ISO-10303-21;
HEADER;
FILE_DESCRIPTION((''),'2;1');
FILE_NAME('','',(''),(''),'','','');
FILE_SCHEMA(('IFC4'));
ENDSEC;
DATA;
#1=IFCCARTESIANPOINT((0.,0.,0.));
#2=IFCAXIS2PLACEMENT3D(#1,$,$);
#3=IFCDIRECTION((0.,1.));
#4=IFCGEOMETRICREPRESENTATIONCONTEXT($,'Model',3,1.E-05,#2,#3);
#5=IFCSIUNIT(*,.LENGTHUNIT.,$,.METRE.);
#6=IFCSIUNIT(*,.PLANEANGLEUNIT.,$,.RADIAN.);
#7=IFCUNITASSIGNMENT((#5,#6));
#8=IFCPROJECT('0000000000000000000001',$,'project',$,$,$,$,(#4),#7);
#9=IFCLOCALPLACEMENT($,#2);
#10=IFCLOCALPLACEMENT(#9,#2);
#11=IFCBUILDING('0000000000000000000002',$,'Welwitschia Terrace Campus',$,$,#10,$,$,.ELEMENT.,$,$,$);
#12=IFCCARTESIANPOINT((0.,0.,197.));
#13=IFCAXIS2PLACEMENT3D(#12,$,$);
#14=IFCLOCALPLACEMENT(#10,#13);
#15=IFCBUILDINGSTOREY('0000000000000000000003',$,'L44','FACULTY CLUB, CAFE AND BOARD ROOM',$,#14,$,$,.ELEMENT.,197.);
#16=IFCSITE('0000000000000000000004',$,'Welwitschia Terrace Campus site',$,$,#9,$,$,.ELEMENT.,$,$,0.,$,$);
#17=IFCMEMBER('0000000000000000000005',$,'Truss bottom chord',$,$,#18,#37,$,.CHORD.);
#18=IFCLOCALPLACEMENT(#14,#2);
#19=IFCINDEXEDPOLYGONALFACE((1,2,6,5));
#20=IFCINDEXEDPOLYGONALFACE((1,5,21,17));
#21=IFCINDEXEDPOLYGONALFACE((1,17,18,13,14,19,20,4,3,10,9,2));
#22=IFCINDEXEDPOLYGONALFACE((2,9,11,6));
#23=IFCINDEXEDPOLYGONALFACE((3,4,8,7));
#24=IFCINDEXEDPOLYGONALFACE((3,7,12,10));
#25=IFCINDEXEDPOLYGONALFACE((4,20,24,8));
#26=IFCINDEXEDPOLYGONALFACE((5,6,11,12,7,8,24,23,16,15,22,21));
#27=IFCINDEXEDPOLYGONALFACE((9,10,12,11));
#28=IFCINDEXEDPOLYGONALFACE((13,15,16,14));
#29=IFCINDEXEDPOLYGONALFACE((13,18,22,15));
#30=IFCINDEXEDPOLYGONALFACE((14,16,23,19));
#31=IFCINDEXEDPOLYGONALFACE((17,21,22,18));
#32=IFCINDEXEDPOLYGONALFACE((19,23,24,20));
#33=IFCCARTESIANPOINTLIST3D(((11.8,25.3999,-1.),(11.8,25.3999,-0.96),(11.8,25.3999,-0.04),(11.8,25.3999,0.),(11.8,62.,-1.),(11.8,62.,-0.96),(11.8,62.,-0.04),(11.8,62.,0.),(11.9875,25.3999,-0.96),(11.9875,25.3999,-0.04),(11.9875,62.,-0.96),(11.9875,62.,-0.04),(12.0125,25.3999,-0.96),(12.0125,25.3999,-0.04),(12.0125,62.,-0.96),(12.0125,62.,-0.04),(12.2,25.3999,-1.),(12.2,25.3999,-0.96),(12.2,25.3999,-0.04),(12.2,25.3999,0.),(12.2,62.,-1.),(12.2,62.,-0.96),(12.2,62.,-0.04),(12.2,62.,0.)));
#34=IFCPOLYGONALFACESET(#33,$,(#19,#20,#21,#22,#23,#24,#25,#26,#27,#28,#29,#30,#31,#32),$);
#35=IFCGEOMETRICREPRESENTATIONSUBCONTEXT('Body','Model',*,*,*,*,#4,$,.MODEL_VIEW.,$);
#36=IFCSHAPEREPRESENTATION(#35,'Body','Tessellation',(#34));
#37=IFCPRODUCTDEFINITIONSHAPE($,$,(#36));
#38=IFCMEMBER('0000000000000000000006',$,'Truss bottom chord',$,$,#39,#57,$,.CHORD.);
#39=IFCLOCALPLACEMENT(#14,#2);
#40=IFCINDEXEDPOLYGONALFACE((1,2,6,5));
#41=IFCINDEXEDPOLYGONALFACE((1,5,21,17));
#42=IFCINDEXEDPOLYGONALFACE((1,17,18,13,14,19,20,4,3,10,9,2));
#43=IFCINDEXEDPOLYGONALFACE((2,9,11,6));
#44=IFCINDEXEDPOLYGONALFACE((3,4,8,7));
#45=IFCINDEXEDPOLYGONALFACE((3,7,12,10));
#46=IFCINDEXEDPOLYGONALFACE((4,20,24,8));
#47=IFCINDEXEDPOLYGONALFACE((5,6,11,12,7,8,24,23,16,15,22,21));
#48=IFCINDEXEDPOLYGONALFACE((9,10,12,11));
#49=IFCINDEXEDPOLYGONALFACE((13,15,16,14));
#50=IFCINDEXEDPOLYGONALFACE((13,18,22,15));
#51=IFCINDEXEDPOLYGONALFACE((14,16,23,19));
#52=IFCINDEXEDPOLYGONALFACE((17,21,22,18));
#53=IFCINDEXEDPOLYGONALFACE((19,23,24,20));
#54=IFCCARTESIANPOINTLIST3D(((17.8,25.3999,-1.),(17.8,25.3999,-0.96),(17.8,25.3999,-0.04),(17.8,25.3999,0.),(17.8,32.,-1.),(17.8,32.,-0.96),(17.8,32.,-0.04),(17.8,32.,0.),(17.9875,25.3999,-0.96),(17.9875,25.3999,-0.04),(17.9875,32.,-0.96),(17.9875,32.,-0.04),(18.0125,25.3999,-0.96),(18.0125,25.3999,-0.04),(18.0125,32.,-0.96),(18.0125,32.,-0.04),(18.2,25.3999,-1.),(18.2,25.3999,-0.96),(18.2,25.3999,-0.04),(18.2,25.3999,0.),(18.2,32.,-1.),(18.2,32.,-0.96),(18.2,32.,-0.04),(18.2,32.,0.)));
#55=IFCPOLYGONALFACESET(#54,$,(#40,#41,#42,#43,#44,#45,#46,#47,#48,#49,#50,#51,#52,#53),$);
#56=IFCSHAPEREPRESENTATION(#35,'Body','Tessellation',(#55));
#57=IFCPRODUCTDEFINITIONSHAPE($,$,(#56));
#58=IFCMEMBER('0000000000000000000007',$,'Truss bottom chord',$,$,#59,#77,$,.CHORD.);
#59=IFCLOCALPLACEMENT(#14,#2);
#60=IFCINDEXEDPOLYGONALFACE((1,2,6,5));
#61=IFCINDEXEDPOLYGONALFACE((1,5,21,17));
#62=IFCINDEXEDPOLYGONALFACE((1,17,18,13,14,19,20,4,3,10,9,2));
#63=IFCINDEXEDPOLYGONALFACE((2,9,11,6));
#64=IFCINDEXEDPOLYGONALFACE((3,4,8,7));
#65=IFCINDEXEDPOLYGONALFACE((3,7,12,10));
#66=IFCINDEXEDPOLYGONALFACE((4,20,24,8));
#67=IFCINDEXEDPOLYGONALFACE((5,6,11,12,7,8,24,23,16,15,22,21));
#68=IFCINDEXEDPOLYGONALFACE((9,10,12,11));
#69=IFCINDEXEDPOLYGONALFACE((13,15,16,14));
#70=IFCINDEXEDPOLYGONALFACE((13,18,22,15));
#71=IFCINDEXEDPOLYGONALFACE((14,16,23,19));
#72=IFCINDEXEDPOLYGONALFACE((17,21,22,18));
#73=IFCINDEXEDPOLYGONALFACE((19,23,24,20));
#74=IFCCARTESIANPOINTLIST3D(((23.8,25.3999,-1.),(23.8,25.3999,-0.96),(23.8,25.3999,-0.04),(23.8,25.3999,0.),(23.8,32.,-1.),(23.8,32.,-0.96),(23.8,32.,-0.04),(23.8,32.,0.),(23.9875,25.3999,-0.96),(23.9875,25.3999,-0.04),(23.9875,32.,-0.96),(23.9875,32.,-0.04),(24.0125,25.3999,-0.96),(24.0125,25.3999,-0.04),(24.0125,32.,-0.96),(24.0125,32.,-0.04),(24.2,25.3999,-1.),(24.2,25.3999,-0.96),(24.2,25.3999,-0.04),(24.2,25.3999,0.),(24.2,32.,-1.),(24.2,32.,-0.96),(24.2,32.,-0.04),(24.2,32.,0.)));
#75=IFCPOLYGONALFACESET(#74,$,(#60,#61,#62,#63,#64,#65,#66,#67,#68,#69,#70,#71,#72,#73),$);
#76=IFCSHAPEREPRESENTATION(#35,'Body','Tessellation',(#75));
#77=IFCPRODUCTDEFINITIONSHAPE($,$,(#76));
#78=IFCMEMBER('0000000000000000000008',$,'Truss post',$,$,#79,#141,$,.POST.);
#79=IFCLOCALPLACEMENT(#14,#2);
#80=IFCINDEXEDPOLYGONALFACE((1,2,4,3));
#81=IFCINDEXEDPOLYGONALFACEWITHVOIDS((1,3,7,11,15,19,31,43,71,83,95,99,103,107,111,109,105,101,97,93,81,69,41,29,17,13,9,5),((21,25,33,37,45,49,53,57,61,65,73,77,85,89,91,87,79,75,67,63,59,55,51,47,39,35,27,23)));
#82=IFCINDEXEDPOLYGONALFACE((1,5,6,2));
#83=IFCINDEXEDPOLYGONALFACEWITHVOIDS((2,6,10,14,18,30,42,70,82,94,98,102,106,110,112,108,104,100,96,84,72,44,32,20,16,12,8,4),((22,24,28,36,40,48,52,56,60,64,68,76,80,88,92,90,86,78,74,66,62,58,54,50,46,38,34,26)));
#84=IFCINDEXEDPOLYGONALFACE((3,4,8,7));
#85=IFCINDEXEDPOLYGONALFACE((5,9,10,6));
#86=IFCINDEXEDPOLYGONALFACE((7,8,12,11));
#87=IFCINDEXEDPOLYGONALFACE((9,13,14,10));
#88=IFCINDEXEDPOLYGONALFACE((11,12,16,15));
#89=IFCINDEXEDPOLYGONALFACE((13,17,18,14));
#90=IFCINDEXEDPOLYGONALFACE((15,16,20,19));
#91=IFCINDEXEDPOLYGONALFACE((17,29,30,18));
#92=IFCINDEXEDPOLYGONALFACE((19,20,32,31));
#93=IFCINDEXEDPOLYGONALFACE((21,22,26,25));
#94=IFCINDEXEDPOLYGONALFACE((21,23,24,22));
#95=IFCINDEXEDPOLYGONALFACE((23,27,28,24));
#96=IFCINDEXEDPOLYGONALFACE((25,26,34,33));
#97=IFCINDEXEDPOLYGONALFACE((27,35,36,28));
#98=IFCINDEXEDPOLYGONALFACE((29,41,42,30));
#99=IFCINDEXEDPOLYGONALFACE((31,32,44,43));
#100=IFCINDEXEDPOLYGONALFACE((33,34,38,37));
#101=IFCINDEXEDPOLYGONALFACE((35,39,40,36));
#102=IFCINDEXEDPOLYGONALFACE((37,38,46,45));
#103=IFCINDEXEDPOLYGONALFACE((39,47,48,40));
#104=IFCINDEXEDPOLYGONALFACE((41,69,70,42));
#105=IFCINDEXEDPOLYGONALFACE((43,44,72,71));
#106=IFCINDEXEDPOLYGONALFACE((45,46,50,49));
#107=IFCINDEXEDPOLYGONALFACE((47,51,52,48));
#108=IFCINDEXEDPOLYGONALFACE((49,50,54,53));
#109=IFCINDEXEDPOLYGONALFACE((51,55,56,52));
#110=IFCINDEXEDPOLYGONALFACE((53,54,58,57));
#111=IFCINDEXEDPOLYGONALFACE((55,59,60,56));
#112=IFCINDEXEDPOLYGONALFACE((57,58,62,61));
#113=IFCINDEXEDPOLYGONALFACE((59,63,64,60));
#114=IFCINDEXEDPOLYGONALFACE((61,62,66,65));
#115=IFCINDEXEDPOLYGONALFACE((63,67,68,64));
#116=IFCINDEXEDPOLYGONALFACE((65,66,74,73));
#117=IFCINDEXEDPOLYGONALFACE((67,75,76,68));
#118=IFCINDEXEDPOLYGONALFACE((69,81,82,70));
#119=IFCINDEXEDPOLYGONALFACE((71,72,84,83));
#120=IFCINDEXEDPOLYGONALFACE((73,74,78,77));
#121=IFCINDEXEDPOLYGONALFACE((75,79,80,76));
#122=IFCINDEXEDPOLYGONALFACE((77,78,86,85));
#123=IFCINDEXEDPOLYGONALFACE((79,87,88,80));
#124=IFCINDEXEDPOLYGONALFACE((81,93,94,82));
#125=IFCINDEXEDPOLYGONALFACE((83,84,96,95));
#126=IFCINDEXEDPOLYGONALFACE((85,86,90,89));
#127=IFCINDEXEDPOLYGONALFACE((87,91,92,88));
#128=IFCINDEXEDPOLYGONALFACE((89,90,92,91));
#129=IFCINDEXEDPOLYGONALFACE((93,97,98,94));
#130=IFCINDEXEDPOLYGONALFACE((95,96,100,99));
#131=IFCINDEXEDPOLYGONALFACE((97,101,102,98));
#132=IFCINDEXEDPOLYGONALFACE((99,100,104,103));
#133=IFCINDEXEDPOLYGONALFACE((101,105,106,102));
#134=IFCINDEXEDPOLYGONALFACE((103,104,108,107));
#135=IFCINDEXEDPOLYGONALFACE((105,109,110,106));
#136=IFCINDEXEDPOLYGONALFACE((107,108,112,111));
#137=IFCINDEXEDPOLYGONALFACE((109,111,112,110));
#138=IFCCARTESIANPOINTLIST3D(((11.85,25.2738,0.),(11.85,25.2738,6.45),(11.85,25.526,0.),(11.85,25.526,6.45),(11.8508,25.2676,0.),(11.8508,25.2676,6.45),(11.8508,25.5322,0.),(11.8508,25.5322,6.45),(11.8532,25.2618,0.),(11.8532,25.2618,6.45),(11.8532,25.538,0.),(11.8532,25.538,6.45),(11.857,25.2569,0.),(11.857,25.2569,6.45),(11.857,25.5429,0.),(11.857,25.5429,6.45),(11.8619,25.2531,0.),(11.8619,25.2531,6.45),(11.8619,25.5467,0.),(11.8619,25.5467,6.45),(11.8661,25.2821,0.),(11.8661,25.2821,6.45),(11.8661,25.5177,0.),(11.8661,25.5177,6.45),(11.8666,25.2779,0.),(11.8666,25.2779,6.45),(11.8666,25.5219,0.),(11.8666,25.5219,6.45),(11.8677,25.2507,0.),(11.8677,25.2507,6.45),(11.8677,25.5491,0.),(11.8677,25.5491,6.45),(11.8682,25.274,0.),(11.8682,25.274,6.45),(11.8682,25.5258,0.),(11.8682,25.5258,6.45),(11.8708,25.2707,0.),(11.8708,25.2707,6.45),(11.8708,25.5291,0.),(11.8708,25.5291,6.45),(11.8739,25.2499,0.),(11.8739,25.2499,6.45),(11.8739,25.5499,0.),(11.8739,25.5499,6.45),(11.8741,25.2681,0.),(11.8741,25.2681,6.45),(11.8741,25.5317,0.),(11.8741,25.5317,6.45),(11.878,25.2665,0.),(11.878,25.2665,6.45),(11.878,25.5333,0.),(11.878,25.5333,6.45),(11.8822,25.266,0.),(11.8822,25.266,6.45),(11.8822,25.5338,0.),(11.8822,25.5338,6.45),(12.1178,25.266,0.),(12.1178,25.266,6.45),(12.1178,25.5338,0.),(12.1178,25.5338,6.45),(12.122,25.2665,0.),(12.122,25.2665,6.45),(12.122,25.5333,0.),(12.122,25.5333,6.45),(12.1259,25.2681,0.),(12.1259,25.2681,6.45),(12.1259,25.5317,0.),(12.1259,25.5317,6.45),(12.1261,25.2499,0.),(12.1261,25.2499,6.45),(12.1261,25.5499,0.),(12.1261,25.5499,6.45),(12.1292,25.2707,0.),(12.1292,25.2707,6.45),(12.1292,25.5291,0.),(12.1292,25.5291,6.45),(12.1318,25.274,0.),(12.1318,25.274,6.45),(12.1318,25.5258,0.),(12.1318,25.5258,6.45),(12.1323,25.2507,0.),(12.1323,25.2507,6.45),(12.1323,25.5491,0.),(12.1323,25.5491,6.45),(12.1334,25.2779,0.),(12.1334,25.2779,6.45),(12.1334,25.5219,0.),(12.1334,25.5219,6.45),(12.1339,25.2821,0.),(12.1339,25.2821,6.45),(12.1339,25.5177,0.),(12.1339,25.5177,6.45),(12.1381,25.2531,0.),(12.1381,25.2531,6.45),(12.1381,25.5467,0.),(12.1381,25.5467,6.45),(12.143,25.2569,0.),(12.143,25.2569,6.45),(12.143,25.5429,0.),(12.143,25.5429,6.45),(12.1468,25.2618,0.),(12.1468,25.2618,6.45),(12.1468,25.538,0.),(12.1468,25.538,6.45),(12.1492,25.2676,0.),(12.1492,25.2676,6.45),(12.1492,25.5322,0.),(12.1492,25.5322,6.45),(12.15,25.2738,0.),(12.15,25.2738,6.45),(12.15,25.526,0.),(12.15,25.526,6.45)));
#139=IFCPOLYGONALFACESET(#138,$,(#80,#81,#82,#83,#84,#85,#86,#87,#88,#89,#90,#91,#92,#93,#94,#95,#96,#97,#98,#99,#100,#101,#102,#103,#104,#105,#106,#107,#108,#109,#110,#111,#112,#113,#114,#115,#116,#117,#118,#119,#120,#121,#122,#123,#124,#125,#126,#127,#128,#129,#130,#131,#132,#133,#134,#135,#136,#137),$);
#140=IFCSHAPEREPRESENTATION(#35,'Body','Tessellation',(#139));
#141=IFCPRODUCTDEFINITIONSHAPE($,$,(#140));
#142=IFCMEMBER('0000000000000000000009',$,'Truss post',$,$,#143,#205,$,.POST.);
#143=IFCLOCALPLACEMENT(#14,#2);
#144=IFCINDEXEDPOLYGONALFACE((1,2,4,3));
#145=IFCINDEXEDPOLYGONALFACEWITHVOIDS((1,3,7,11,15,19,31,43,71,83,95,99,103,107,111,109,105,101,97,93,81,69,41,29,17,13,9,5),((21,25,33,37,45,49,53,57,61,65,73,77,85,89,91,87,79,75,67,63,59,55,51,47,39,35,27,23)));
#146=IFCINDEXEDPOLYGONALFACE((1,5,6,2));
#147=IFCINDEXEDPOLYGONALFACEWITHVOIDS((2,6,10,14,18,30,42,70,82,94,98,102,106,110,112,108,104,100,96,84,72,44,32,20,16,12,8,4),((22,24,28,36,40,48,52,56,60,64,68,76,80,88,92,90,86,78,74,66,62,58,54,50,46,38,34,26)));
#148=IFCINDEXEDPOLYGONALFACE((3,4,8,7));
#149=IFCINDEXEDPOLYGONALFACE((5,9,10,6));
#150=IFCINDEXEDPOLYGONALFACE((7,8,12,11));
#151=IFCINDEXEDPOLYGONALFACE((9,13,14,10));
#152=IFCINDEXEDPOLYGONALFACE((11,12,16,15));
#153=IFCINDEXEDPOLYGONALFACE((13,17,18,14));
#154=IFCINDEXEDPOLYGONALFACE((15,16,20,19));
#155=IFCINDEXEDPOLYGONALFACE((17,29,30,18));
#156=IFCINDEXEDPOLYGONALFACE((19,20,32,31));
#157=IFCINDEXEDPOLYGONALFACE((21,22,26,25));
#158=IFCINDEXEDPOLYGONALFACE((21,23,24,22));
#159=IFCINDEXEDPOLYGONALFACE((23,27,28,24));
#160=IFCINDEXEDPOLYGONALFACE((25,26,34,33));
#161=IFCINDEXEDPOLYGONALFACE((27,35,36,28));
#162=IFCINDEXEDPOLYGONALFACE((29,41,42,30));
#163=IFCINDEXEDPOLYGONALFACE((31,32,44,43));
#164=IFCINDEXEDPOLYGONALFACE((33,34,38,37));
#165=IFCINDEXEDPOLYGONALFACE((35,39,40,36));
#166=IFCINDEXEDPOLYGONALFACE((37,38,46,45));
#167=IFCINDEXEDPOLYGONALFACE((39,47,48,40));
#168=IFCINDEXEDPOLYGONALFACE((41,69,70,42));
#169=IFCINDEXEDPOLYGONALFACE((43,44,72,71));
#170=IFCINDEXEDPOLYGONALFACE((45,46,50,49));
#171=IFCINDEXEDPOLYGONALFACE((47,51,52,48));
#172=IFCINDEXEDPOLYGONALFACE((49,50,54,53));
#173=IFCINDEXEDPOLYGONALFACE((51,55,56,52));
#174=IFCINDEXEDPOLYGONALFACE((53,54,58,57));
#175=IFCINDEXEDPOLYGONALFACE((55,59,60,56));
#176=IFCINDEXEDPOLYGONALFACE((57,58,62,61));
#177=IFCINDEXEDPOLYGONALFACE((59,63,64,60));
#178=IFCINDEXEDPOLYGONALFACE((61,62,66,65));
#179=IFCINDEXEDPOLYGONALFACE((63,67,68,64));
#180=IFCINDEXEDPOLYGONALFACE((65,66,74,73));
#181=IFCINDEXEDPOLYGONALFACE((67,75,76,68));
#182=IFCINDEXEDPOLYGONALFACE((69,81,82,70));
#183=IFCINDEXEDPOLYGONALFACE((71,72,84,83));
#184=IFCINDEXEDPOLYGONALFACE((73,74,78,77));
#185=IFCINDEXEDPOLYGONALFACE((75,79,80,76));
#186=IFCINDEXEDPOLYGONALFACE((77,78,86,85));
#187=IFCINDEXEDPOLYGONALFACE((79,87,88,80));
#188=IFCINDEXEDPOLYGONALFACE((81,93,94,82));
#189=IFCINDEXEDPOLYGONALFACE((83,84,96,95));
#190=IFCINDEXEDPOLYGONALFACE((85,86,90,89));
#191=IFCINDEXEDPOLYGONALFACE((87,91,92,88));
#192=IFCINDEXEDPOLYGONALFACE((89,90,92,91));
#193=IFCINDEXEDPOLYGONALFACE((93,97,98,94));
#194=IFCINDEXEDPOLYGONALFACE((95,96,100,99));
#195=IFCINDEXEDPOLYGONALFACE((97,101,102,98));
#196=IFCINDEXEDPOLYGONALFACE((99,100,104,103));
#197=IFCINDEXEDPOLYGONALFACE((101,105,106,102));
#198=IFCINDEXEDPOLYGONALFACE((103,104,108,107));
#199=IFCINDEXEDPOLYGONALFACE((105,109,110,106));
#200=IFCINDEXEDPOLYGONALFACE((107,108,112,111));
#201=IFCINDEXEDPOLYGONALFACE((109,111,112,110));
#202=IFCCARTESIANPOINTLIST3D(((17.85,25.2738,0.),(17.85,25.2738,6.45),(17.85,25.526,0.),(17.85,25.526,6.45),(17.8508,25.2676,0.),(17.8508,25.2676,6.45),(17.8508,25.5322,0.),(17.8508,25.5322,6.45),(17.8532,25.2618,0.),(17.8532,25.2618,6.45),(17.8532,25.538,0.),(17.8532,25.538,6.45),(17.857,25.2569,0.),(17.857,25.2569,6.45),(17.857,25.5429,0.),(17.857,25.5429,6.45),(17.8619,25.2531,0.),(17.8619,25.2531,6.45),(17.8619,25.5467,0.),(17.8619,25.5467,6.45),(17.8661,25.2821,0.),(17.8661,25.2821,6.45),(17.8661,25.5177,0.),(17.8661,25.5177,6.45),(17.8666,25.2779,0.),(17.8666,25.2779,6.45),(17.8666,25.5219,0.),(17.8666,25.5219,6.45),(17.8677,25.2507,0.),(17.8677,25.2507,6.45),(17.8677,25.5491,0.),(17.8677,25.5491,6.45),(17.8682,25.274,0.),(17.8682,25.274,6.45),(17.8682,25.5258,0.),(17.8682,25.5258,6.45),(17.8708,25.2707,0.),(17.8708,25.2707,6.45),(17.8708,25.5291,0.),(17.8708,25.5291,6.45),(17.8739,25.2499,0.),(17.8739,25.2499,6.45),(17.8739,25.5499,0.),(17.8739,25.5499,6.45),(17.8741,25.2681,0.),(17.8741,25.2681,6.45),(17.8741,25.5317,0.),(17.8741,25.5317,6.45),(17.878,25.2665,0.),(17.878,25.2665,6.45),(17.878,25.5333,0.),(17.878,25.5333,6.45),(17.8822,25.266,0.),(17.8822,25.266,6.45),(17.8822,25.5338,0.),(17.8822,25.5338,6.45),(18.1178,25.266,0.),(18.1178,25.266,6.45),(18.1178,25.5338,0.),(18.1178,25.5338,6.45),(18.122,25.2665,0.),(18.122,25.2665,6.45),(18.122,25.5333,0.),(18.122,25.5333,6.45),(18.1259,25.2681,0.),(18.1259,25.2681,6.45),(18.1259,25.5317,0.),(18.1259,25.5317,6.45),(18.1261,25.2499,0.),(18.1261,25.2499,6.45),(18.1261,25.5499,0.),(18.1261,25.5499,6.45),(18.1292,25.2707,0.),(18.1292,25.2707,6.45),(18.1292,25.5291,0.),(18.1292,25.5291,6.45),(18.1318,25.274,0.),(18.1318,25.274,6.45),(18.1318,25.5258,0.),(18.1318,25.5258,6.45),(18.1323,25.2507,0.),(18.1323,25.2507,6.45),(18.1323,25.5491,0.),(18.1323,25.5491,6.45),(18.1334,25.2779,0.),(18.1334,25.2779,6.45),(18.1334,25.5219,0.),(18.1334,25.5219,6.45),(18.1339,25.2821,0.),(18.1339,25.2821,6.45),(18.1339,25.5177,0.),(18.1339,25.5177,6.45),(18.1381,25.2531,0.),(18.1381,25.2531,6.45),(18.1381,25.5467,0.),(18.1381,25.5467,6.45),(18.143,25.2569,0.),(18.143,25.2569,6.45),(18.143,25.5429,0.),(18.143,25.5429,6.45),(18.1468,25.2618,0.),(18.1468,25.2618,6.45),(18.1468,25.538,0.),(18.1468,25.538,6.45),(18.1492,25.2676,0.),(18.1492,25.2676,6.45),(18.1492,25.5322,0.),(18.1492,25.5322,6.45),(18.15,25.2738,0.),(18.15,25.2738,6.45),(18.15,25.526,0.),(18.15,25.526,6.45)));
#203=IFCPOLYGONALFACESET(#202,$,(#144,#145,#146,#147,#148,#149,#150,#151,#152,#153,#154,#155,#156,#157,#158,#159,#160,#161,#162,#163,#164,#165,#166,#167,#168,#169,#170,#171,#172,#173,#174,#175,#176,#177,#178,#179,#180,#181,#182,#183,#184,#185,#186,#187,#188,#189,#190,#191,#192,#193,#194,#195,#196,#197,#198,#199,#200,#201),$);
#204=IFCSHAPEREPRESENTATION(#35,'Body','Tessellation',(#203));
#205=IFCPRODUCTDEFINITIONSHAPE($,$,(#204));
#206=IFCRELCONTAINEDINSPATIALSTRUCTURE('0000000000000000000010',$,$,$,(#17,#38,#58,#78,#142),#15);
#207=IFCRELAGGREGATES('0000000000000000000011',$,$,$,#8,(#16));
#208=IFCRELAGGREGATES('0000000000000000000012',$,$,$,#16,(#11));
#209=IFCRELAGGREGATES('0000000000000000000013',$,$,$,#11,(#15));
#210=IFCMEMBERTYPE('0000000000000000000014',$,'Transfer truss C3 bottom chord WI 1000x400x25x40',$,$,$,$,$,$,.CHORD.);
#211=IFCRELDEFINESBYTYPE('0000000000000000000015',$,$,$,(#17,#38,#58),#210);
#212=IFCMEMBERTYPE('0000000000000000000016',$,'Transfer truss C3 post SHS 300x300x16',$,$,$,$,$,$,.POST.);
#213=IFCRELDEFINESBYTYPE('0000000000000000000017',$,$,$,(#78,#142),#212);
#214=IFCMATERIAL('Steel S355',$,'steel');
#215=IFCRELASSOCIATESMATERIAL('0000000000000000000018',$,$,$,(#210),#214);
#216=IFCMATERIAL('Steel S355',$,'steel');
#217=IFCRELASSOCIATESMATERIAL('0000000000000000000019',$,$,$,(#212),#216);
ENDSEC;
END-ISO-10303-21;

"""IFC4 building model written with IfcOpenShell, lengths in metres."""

from ifc_helpers import new_model, si_unit, direction, frame, origin, origin_2d, place, context, subcontext, project, spatial, hollow_rectangle, i_section, extrude, material, material_profile, profile_set, type_object, element, save


model = new_model("IFC4")

# Units and contexts
model_context = context("Model", 3, precision=1e-05, world=origin(), true_north=direction((0.0, 1.0)))
body_context = subcontext(model_context, "Body", "Model", "MODEL_VIEW")
ifc_project = project(units=[si_unit("LENGTHUNIT", "METRE"), si_unit("PLANEANGLEUNIT", "RADIAN")], contexts=[model_context])

# Site, building, storey
site_placement = place(None, origin())
site = spatial("IfcSite", under=ifc_project, at=site_placement, Name="Welwitschia Terrace Campus site", CompositionType="ELEMENT", RefElevation=0.0)
building_placement = place(site_placement, origin())
building = spatial("IfcBuilding", under=site, at=building_placement, Name="Welwitschia Terrace Campus", CompositionType="ELEMENT")
storey_placement = place(building_placement, frame((0.0, 0.0, 197.0)))
storey = spatial("IfcBuildingStorey", under=building, at=storey_placement, Name="L44", Description="FACULTY CLUB, CAFE AND BOARD ROOM", CompositionType="ELEMENT", Elevation=197.0)

# Members
ifc_material_1 = material(Name="Steel S355", Category="steel")
ifc_material_profile_1 = material_profile(ifc_material_1, i_section(OverallWidth=0.3999, OverallDepth=1.0, WebThickness=0.0249, FlangeThickness=0.04, at=origin_2d()))
ifc_profile_set_1 = profile_set([ifc_material_profile_1], Name="Steel S355")
member_type_1 = type_object("IfcMemberType", Name="Transfer truss C3 bottom chord WI 1000x400x25x40", PredefinedType="CHORD", material=ifc_profile_set_1)
member_1_placement = place(storey_placement, frame((12.0, 25.3999, -0.5), z_axis=(0.0, 1.0, 0.0), x_axis=(-1.0, 0.0, 0.0)))
element("IfcMember", 1, at=member_1_placement, inside=storey, type_object=member_type_1, Name="Truss bottom chord", PredefinedType="CHORD", context=body_context, shape_type="SweptSolid", body=[
    extrude(i_section(OverallWidth=0.3999, OverallDepth=1.0, WebThickness=0.0249, FlangeThickness=0.04, at=origin_2d()), origin(), (0.0, 0.0, 1.0), 36.6001),
])
for number, where, z_axis, x_axis, name in (
    (2, (18.0, 25.3999, -0.5), (0.0, 1.0, 0.0), (-1.0, 0.0, 0.0), "Truss bottom chord"),
    (3, (24.0, 25.3999, -0.5), (0.0, 1.0, 0.0), (-1.0, 0.0, 0.0), "Truss bottom chord"),
):
    element("IfcMember", number, at=place(storey_placement, frame(where, z_axis=z_axis, x_axis=x_axis)), inside=storey, type_object=member_type_1, Name=name, PredefinedType="CHORD", context=body_context, shape_type="SweptSolid", body=[
        extrude(i_section(OverallWidth=0.3999, OverallDepth=1.0, WebThickness=0.0249, FlangeThickness=0.04, at=origin_2d()), origin(), (0.0, 0.0, 1.0), 6.6001),
    ])
ifc_material_2 = material(Name="Steel S355", Category="steel")
ifc_material_profile_2 = material_profile(ifc_material_2, hollow_rectangle(XDim=0.3, YDim=0.3, WallThickness=0.0161, InnerFilletRadius=0.0161, OuterFilletRadius=0.0239, at=origin_2d()))
ifc_profile_set_2 = profile_set([ifc_material_profile_2], Name="Steel S355")
member_type_2 = type_object("IfcMemberType", Name="Transfer truss C3 post SHS 300x300x16", PredefinedType="POST", material=ifc_profile_set_2)
for number, where, z_axis, x_axis, name in (
    (4, (12.0, 25.3999, 0.0), (0.0, 0.0, 1.0), (1.0, 0.0, 0.0), "Truss post"),
    (5, (18.0, 25.3999, 0.0), (0.0, 0.0, 1.0), (1.0, 0.0, 0.0), "Truss post"),
):
    element("IfcMember", number, at=place(storey_placement, frame(where, z_axis=z_axis, x_axis=x_axis)), inside=storey, type_object=member_type_2, Name=name, PredefinedType="POST", context=body_context, shape_type="SweptSolid", body=[
        extrude(hollow_rectangle(XDim=0.3, YDim=0.3, WallThickness=0.0161, InnerFilletRadius=0.0161, OuterFilletRadius=0.0239, at=origin_2d()), origin(), (0.0, 0.0, 1.0), 6.45),
    ])

save(model, "model.ifc")
